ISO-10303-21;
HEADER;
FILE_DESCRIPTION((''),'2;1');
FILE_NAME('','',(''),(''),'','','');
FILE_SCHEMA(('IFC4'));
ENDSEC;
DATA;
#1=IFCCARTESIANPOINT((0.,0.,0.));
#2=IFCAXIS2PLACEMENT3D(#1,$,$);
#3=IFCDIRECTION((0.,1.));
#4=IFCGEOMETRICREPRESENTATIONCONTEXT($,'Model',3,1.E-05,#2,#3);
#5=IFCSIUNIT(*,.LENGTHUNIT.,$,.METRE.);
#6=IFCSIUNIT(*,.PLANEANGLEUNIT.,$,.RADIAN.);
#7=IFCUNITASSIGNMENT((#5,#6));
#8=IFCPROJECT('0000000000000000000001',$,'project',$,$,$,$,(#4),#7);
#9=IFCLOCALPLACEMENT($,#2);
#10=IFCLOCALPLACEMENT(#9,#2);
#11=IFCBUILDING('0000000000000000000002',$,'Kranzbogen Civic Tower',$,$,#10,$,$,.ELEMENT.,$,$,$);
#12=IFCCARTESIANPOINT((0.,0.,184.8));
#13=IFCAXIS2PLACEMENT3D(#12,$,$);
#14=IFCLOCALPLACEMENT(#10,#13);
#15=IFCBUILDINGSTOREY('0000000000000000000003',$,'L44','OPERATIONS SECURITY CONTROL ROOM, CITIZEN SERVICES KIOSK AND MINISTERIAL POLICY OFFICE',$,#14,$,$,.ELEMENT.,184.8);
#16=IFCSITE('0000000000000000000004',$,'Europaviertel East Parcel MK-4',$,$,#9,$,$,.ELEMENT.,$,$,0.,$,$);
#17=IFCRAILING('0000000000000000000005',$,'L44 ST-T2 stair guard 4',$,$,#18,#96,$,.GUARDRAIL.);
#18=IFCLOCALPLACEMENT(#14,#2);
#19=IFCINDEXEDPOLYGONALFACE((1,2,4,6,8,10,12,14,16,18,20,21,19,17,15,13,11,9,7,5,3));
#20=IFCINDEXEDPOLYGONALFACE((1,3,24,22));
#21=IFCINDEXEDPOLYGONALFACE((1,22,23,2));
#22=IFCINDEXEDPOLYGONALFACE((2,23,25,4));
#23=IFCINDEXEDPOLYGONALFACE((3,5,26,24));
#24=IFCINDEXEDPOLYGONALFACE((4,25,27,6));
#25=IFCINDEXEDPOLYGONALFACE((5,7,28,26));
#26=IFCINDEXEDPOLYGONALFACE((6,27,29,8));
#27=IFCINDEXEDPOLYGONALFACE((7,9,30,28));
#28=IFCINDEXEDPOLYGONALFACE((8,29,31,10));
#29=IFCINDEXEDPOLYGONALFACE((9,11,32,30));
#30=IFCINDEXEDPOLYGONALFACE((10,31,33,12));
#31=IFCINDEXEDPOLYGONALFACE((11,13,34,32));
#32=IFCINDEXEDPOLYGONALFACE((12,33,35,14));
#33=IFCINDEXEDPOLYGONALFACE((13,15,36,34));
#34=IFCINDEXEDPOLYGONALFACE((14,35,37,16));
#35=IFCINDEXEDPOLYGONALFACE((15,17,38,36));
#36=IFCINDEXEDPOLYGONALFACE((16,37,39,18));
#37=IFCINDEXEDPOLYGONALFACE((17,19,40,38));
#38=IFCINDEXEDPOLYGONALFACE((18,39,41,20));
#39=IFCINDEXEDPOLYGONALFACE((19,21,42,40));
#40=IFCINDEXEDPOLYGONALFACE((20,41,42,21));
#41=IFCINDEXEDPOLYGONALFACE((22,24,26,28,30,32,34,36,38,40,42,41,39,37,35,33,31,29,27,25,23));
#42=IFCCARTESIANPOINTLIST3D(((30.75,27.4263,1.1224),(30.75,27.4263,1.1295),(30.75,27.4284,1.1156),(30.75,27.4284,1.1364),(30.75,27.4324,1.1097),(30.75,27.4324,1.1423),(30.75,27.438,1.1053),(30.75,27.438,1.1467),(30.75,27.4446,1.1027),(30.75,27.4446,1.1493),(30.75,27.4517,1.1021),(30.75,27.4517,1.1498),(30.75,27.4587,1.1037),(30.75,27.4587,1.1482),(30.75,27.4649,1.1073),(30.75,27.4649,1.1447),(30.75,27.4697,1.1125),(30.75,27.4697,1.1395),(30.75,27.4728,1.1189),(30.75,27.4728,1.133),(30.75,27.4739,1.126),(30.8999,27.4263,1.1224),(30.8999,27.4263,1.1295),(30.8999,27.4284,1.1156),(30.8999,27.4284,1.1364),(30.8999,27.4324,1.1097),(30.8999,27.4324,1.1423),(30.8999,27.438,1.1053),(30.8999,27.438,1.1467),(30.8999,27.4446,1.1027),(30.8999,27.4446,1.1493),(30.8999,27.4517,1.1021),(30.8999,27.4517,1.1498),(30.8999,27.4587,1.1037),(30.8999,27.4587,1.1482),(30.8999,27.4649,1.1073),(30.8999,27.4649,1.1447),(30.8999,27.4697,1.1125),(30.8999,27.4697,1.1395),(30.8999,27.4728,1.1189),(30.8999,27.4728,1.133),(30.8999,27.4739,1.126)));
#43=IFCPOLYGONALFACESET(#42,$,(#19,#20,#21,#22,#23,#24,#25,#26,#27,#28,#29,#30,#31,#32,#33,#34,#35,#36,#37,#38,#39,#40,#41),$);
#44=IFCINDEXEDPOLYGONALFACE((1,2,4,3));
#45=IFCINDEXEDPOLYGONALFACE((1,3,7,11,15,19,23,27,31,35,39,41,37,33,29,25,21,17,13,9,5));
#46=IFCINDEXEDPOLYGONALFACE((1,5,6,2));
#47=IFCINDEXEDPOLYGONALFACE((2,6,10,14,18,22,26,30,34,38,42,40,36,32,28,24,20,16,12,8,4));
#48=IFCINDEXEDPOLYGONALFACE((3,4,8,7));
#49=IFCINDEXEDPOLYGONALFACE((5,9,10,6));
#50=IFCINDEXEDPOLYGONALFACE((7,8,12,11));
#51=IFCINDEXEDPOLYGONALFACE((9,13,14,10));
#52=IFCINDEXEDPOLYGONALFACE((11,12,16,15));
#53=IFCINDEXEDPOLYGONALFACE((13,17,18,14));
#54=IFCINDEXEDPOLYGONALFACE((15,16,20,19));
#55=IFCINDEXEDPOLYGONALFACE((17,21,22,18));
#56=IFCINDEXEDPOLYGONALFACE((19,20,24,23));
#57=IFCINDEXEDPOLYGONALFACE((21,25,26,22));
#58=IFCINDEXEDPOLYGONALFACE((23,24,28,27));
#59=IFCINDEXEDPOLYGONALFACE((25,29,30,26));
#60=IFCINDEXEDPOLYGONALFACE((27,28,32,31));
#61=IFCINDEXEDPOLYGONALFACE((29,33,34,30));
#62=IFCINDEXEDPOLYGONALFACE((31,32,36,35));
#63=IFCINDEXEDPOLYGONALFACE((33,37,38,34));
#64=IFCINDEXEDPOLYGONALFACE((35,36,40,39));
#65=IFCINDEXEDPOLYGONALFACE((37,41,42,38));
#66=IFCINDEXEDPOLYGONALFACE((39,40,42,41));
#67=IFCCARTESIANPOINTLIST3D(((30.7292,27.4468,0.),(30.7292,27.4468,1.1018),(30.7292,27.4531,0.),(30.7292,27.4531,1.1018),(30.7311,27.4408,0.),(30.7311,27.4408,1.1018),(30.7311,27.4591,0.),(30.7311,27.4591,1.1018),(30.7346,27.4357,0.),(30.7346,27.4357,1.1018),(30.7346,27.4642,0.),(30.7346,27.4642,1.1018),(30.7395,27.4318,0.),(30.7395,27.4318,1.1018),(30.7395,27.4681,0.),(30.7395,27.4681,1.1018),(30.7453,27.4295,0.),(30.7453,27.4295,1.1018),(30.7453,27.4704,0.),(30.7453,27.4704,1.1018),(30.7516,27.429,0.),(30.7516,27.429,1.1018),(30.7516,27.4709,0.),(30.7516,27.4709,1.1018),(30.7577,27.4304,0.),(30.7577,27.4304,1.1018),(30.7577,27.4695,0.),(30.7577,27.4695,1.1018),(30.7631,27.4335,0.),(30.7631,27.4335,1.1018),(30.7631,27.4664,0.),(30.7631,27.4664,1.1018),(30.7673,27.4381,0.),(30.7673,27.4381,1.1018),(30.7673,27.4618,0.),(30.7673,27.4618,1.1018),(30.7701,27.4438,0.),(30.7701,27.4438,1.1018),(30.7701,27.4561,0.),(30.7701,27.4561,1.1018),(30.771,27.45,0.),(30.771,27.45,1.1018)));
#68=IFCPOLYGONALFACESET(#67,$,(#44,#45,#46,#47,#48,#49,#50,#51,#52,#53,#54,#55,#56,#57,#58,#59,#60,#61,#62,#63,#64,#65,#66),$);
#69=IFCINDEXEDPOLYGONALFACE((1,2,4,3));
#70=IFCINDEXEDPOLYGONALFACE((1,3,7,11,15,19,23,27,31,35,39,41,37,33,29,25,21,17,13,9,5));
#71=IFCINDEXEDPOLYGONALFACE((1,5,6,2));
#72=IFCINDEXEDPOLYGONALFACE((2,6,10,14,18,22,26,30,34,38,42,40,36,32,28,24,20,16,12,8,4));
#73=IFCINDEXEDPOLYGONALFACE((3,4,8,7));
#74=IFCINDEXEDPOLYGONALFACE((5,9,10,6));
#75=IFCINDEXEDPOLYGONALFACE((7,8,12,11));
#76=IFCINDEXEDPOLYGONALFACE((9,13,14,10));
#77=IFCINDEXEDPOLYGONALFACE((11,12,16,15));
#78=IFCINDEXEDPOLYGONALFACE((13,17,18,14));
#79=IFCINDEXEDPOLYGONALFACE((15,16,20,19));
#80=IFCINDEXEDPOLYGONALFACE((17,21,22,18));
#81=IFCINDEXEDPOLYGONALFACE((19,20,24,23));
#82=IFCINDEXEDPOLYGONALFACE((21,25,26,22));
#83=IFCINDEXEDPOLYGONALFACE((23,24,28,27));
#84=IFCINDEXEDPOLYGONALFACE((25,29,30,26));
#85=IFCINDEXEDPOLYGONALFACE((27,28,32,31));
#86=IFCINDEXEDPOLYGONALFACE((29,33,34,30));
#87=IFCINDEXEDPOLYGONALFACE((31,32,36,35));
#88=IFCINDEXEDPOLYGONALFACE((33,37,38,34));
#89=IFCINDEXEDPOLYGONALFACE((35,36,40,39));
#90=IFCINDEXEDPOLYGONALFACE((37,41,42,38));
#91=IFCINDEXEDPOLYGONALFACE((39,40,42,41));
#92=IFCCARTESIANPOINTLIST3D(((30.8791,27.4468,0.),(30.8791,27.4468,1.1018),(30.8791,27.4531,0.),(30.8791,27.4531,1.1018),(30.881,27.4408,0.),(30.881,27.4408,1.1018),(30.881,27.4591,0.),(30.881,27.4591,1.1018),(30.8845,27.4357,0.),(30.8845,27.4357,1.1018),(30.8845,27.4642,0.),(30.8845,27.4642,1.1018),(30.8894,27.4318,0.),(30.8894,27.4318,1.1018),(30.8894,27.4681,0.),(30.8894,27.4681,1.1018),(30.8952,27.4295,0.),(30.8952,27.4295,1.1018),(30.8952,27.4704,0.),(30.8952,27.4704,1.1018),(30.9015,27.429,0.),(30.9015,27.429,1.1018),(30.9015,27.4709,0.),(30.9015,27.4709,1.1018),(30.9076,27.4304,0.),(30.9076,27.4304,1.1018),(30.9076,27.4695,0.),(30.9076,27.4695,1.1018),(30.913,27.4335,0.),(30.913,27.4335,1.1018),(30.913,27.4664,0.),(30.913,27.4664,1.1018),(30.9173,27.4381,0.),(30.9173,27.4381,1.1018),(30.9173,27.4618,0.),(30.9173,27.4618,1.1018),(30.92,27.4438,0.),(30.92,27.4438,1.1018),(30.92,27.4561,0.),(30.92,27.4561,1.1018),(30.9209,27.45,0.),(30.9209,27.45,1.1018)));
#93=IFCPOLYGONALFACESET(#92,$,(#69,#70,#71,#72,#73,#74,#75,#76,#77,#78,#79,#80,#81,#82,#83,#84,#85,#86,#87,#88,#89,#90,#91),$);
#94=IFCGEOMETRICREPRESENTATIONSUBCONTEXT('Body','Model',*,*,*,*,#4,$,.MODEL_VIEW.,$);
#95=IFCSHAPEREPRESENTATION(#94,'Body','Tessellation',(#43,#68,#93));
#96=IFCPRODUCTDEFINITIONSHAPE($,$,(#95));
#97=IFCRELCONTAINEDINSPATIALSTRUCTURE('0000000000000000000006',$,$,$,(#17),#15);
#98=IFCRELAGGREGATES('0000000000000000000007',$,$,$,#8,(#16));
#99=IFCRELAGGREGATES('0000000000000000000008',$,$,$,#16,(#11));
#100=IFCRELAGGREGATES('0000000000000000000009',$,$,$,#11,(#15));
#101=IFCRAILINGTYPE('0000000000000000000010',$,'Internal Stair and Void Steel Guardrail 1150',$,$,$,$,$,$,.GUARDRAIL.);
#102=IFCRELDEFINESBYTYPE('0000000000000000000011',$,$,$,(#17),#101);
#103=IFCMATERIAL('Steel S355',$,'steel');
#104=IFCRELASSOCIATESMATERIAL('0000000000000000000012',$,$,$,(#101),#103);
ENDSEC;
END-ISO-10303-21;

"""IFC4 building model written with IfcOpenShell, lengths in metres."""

from ifc_helpers import new_model, si_unit, direction, frame, origin, origin_2d, place, context, subcontext, project, spatial, circle, extrude, material, type_object, element, save


model = new_model("IFC4")

# Units and contexts
model_context = context("Model", 3, precision=1e-05, world=origin(), true_north=direction((0.0, 1.0)))
body_context = subcontext(model_context, "Body", "Model", "MODEL_VIEW")
ifc_project = project(units=[si_unit("LENGTHUNIT", "METRE"), si_unit("PLANEANGLEUNIT", "RADIAN")], contexts=[model_context])

# Site, building, storey
site_placement = place(None, origin())
site = spatial("IfcSite", under=ifc_project, at=site_placement, Name="Europaviertel East Parcel MK-4", CompositionType="ELEMENT", RefElevation=0.0)
building_placement = place(site_placement, origin())
building = spatial("IfcBuilding", under=site, at=building_placement, Name="Kranzbogen Civic Tower", CompositionType="ELEMENT")
storey_placement = place(building_placement, frame((0.0, 0.0, 184.8)))
storey = spatial("IfcBuildingStorey", under=building, at=storey_placement, Name="L44", Description="OPERATIONS SECURITY CONTROL ROOM, CITIZEN SERVICES KIOSK AND MINISTERIAL POLICY OFFICE", CompositionType="ELEMENT", Elevation=184.8)

# Shared definitions
ifc_material_1 = material(Name="Steel S355", Category="steel")

# Railing
railing_type_1 = type_object("IfcRailingType", Name="Internal Stair and Void Steel Guardrail 1150", PredefinedType="GUARDRAIL", material=ifc_material_1)
railing_1_placement = place(storey_placement, frame((30.75, 27.45, 0.0)))
element("IfcRailing", 1, at=railing_1_placement, inside=storey, type_object=railing_type_1, Name="L44 ST-T2 stair guard 4", PredefinedType="GUARDRAIL", context=body_context, shape_type="SweptSolid", body=[
    extrude(circle(Radius=0.0239, at=origin_2d()), frame((0.0, 0.0, 1.126), z_axis=(1.0, 0.0, 0.0), x_axis=(0.0, 1.0, 0.0)), (0.0, 0.0, 1.0), 0.1499),
    extrude(circle(Radius=0.021, at=origin_2d()), origin(), (0.0, 0.0, 1.0), 1.1018),
    extrude(circle(Radius=0.021, at=origin_2d()), frame((0.1499, 0.0, 0.0)), (0.0, 0.0, 1.0), 1.1018),
])

save(model, "model.ifc")
